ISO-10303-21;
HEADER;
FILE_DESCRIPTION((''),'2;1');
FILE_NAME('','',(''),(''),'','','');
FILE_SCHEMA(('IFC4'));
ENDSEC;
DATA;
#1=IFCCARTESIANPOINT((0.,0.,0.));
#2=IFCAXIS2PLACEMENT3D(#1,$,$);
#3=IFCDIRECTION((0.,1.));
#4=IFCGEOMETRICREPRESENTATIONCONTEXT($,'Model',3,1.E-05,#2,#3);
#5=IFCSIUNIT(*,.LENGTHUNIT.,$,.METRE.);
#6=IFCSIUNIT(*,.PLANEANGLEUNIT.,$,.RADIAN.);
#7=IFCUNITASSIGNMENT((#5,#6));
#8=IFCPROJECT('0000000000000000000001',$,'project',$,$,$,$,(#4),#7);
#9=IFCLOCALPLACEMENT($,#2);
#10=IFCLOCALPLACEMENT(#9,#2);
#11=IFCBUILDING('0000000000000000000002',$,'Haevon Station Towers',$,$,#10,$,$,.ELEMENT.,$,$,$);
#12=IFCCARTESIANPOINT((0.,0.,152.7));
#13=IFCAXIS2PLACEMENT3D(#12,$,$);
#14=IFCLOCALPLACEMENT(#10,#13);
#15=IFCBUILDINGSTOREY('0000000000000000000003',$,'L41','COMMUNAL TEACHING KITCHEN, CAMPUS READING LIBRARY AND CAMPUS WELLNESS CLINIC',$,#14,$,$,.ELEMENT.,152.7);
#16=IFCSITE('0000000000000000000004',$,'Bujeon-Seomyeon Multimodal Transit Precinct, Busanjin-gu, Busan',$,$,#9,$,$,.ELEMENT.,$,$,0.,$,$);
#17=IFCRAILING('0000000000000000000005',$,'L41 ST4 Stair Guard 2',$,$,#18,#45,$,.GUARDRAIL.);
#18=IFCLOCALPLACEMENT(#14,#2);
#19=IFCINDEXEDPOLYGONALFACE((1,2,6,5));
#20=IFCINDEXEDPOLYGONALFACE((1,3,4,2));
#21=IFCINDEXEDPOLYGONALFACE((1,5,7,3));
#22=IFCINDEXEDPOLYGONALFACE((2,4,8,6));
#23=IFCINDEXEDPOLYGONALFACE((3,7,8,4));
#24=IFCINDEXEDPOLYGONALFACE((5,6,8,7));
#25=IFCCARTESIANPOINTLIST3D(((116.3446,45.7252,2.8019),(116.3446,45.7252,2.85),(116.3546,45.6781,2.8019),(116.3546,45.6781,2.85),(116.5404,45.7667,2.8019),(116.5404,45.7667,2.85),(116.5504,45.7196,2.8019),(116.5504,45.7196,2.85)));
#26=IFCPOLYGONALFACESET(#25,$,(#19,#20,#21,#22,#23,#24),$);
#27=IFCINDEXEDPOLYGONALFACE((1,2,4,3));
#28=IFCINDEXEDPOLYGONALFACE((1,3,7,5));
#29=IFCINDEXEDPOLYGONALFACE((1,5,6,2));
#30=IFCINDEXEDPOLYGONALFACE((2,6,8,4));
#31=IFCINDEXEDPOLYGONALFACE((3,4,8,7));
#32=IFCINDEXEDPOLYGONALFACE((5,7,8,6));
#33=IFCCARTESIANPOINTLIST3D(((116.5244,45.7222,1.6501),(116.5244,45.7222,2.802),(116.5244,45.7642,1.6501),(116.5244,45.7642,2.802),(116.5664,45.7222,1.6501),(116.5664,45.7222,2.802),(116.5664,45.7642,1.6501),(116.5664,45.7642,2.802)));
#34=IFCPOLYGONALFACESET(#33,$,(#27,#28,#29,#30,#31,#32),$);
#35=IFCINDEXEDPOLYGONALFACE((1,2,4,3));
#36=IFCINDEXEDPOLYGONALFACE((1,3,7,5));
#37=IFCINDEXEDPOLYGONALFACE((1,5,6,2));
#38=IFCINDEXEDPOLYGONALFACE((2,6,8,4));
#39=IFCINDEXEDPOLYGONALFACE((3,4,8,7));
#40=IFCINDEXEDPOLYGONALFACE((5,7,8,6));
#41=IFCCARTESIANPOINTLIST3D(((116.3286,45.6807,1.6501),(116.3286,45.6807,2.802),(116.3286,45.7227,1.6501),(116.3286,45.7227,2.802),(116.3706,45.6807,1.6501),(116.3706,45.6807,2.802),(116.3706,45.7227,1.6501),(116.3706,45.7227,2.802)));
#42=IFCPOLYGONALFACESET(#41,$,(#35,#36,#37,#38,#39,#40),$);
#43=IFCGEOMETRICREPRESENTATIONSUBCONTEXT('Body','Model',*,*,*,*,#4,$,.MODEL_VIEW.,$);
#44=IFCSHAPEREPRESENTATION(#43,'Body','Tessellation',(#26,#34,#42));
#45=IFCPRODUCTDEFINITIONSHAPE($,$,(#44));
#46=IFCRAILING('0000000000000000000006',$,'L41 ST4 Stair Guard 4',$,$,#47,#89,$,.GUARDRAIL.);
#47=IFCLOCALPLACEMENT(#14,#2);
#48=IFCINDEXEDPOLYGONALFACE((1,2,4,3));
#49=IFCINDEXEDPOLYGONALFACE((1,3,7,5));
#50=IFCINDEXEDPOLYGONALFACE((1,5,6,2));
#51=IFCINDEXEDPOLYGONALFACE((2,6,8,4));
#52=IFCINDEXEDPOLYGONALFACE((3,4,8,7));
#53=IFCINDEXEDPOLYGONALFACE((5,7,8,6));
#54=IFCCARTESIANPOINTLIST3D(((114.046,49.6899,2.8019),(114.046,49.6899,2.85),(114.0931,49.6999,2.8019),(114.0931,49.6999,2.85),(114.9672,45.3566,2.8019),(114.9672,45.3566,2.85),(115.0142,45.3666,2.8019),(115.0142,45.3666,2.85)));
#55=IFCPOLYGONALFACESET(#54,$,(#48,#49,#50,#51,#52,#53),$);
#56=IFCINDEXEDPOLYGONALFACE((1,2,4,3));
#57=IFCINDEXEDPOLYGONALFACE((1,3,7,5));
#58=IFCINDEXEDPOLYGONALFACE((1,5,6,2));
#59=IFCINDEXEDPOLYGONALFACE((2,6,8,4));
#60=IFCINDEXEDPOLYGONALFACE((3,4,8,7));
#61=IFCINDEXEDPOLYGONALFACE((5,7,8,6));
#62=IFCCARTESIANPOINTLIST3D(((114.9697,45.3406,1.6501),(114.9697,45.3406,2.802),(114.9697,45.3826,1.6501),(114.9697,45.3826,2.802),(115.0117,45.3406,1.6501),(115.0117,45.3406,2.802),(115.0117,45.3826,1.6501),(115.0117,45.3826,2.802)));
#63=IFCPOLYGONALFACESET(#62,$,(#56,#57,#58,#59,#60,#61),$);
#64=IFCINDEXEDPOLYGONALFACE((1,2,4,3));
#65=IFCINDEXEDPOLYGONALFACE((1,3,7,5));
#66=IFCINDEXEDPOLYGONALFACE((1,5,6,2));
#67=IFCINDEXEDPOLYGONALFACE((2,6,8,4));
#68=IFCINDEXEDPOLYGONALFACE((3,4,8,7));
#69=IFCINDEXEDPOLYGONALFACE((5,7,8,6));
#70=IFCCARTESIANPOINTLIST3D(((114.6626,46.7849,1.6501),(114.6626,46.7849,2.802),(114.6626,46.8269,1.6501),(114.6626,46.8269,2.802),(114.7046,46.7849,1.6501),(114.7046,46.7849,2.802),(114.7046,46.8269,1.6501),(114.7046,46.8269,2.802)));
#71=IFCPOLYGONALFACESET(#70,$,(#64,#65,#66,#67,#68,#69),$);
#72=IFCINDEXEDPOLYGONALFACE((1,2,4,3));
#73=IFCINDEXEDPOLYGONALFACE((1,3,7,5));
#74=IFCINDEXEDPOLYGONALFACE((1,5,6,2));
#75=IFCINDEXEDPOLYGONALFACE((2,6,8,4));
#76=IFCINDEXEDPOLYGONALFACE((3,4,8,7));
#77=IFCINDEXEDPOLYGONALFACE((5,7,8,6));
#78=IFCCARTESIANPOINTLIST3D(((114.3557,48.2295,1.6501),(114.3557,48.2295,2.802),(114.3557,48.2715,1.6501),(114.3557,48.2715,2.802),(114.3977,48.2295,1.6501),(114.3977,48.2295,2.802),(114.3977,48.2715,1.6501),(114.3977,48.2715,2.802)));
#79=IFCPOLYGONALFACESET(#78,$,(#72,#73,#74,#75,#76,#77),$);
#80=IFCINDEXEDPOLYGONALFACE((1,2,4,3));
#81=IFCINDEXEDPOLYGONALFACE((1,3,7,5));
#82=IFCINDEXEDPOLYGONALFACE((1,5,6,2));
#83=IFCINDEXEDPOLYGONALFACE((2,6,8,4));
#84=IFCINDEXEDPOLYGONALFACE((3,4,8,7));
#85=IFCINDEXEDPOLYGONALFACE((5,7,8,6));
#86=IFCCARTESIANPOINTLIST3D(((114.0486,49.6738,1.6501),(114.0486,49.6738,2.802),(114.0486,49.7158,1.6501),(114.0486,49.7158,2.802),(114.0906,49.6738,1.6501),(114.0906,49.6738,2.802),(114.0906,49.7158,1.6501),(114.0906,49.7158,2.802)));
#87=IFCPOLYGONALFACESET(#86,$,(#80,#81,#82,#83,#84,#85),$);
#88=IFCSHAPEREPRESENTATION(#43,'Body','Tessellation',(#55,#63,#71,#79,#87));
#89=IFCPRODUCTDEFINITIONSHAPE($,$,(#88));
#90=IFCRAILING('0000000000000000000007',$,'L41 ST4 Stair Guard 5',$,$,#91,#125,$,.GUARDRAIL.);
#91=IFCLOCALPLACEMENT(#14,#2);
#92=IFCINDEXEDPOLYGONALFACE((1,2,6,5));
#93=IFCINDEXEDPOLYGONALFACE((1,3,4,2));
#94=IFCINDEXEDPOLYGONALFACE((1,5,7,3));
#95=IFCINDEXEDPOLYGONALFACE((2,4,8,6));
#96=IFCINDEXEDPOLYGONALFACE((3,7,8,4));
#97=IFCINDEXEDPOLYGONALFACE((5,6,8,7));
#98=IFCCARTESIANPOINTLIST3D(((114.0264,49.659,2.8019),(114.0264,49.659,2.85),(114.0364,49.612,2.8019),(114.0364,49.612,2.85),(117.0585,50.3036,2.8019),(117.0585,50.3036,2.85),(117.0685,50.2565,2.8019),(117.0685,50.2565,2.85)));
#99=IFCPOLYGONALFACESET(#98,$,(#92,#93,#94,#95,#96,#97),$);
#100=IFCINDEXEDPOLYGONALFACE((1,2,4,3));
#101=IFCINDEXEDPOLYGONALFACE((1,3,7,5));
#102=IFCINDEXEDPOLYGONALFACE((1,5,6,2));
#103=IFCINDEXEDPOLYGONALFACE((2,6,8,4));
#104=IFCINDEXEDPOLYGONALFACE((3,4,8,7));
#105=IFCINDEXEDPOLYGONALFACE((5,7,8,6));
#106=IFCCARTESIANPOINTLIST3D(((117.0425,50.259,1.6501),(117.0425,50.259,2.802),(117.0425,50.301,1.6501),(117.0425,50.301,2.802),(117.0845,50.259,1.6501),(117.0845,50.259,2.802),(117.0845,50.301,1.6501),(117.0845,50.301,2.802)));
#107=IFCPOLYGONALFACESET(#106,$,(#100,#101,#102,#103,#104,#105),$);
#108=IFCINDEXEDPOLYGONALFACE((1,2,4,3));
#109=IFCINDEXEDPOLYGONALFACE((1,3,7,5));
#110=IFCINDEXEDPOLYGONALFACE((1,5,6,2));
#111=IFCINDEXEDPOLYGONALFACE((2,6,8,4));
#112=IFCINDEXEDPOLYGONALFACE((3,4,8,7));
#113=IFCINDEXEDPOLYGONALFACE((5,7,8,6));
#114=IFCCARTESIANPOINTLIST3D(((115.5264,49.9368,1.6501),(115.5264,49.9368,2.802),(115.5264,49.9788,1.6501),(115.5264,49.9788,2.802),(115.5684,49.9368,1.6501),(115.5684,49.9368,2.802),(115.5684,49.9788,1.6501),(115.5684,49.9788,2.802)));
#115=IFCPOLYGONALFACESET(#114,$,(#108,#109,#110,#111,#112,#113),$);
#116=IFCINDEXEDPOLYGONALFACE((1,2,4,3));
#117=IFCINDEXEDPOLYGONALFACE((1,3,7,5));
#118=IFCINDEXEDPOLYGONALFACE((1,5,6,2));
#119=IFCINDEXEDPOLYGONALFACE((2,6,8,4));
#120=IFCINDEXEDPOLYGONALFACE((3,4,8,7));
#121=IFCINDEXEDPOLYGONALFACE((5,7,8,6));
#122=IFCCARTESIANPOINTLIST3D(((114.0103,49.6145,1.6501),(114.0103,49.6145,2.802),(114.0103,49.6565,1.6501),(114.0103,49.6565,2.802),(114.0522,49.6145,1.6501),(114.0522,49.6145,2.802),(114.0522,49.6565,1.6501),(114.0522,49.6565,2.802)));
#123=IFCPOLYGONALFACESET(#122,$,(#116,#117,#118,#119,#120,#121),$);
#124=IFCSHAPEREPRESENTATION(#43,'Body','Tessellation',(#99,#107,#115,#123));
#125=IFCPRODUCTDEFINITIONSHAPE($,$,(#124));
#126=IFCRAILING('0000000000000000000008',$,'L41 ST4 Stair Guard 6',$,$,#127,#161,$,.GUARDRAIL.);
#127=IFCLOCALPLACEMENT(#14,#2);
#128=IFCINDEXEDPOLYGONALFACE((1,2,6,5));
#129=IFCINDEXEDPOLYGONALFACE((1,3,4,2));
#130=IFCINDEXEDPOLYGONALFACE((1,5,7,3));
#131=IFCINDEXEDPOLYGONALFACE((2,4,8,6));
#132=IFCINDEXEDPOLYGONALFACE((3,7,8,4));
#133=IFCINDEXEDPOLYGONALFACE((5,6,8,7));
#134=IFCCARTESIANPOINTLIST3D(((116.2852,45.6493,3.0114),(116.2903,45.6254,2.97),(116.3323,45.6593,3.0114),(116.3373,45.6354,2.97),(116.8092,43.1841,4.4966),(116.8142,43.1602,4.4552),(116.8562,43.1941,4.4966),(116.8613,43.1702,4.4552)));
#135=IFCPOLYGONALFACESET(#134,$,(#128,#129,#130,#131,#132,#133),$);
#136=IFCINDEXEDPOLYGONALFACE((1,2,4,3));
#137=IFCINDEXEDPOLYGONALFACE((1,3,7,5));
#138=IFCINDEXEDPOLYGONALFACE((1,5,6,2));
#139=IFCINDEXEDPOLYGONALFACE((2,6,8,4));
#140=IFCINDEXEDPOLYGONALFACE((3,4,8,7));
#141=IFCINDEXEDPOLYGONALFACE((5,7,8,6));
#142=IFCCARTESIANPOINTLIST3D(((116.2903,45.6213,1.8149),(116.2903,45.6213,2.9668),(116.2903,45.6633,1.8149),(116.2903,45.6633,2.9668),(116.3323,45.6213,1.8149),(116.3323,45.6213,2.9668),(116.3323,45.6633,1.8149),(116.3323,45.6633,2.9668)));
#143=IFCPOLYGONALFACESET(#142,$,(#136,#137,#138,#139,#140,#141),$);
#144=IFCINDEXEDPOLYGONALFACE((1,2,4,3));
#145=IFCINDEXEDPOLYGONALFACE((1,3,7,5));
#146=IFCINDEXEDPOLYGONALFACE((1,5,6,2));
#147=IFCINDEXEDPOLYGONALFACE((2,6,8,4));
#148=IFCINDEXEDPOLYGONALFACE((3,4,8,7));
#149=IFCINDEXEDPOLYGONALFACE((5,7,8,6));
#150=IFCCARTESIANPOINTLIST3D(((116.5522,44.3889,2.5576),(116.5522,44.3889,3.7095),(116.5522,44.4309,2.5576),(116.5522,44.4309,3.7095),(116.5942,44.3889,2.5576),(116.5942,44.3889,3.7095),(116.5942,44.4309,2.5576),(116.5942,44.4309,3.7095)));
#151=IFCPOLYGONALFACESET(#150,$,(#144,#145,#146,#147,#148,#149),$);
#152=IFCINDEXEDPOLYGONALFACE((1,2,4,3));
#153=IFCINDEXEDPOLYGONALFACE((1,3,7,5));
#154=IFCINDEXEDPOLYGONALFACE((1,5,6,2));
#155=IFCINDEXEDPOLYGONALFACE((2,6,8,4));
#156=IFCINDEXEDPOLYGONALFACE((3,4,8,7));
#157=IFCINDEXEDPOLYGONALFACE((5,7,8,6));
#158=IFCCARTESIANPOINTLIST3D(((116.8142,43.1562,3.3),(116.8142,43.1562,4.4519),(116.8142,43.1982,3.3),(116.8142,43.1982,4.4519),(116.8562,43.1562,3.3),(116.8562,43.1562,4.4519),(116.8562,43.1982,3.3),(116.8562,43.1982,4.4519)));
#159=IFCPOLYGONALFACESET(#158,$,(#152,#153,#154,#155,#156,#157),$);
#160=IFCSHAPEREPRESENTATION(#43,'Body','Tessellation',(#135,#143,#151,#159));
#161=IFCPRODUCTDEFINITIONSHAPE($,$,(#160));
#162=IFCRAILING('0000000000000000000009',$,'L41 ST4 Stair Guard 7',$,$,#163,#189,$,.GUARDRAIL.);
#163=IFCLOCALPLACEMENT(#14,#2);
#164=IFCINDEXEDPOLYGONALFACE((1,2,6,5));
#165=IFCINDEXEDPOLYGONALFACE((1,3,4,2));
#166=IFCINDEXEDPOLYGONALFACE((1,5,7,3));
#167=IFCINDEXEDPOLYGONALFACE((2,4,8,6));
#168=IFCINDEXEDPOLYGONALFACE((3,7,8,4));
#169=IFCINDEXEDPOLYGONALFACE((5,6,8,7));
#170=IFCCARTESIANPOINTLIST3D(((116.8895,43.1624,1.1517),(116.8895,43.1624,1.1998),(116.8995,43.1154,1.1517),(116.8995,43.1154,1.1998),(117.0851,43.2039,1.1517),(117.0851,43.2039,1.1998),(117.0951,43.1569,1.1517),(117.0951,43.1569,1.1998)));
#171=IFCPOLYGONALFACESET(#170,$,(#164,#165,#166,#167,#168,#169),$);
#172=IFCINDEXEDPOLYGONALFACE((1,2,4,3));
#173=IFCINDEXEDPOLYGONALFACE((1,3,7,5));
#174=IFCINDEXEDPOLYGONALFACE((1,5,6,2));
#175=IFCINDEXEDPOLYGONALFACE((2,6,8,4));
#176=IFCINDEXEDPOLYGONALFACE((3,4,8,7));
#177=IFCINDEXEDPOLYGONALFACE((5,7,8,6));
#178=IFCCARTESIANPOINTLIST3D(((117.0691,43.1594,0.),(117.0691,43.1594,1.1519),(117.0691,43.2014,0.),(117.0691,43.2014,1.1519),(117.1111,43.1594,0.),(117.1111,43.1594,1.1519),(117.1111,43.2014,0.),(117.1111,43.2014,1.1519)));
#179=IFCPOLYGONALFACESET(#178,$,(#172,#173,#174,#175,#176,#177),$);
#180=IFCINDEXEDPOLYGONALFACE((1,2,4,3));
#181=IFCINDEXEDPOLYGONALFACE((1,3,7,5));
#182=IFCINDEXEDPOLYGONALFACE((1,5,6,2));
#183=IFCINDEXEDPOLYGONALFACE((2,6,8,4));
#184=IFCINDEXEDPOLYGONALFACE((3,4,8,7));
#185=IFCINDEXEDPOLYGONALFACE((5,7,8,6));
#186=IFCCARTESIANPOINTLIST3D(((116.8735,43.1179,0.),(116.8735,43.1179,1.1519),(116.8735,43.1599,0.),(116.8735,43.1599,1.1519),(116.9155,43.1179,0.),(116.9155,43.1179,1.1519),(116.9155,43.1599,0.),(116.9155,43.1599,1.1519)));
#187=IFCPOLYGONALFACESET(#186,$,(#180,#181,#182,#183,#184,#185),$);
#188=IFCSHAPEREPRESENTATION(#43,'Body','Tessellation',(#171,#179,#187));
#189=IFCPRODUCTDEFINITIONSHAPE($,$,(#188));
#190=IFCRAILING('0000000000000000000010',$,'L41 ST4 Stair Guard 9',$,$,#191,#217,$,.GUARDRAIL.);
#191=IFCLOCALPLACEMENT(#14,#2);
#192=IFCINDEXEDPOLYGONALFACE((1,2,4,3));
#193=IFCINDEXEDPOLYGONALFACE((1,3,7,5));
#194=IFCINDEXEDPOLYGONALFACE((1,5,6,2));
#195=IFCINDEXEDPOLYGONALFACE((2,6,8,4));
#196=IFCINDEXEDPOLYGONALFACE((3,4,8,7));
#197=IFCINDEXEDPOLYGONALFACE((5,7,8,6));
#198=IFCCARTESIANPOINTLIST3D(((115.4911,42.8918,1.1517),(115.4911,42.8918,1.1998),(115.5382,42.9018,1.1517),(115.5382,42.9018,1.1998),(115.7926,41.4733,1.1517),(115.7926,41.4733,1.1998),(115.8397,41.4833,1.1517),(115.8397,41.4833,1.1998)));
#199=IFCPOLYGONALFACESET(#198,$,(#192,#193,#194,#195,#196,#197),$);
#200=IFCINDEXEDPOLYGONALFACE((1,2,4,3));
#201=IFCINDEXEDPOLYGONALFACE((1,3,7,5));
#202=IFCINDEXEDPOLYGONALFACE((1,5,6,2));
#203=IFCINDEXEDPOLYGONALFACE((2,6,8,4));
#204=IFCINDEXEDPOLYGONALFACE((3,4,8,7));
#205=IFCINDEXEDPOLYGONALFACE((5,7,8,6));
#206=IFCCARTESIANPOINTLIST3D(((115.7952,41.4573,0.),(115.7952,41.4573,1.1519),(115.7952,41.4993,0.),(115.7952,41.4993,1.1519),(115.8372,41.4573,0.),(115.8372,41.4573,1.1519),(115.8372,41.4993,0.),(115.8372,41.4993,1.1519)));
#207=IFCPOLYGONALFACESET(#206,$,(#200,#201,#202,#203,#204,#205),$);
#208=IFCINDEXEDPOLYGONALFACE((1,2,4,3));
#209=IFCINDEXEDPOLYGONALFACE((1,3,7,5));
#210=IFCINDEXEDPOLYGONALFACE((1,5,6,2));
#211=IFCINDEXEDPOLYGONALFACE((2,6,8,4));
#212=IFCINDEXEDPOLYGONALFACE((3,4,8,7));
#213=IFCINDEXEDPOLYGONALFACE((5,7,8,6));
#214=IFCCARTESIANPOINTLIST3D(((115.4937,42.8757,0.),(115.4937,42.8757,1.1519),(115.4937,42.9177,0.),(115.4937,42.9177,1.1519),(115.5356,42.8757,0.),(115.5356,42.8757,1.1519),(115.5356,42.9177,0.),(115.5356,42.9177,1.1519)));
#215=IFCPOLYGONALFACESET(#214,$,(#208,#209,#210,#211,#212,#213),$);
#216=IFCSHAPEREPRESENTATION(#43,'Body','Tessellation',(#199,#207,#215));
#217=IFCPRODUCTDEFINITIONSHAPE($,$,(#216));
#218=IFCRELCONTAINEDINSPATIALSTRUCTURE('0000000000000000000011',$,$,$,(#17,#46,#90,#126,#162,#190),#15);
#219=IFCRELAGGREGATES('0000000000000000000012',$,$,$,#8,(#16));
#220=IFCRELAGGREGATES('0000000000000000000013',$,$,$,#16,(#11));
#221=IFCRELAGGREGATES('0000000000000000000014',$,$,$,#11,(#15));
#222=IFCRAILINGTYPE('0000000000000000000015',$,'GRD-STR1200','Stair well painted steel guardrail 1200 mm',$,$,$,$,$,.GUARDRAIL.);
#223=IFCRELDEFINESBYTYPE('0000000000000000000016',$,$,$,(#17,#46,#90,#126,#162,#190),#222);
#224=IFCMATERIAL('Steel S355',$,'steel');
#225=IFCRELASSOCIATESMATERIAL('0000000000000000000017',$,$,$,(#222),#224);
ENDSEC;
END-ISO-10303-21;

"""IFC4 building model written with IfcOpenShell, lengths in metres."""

from ifc_helpers import new_model, si_unit, direction, frame, origin, origin_2d, place, context, subcontext, project, spatial, rectangle, extrude, material, type_object, element, save


model = new_model("IFC4")

# Units and contexts
model_context = context("Model", 3, precision=1e-05, world=origin(), true_north=direction((0.0, 1.0)))
body_context = subcontext(model_context, "Body", "Model", "MODEL_VIEW")
ifc_project = project(units=[si_unit("LENGTHUNIT", "METRE"), si_unit("PLANEANGLEUNIT", "RADIAN")], contexts=[model_context])

# Site, building, storey
site_placement = place(None, origin())
site = spatial("IfcSite", under=ifc_project, at=site_placement, Name="Bujeon-Seomyeon Multimodal Transit Precinct, Busanjin-gu, Busan", CompositionType="ELEMENT", RefElevation=0.0)
building_placement = place(site_placement, origin())
building = spatial("IfcBuilding", under=site, at=building_placement, Name="Haevon Station Towers", CompositionType="ELEMENT")
storey_placement = place(building_placement, frame((0.0, 0.0, 152.7)))
storey = spatial("IfcBuildingStorey", under=building, at=storey_placement, Name="L41", Description="COMMUNAL TEACHING KITCHEN, CAMPUS READING LIBRARY AND CAMPUS WELLNESS CLINIC", CompositionType="ELEMENT", Elevation=152.7)

# Shared definitions
ifc_material_1 = material(Name="Steel S355", Category="steel")

# Railings
railing_type_1 = type_object("IfcRailingType", Name="GRD-STR1200", Description="Stair well painted steel guardrail 1200 mm", PredefinedType="GUARDRAIL", material=ifc_material_1)
railing_1_placement = place(storey_placement, frame((116.5454, 45.7432, 1.6501)))
element("IfcRailing", 1, at=railing_1_placement, inside=storey, type_object=railing_type_1, Name="L41 ST4 Stair Guard 2", PredefinedType="GUARDRAIL", context=body_context, shape_type="SweptSolid", body=[
    extrude(rectangle(XDim=0.0481, YDim=0.0481, at=origin_2d()), frame((0.0, 0.0, 1.1758), z_axis=(-0.978264, -0.207363, 0.0), x_axis=(0.207363, -0.978264, 0.0)), (0.0, 0.0, 1.0), 0.2002),
    extrude(rectangle(XDim=0.042, YDim=0.042, at=origin_2d()), origin(), (0.0, 0.0, 1.0), 1.1519),
    extrude(rectangle(XDim=0.042, YDim=0.042, at=origin_2d()), frame((-0.1958, -0.0415, 0.0)), (0.0, 0.0, 1.0), 1.1519),
])
railing_2_placement = place(storey_placement, frame((114.9907, 45.3616, 1.6501)))
element("IfcRailing", 2, at=railing_2_placement, inside=storey, type_object=railing_type_1, Name="L41 ST4 Stair Guard 4", PredefinedType="GUARDRAIL", context=body_context, shape_type="SweptSolid", body=[
    extrude(rectangle(XDim=0.0481, YDim=0.0481, at=origin_2d()), frame((0.0, 0.0, 1.1758), z_axis=(-0.207929, 0.978144, 0.0), x_axis=(-0.978144, -0.207929, 0.0)), (0.0, 0.0, 1.0), 4.4302),
    extrude(rectangle(XDim=0.042, YDim=0.042, at=origin_2d()), origin(), (0.0, 0.0, 1.0), 1.1519),
    extrude(rectangle(XDim=0.042, YDim=0.042, at=origin_2d()), frame((-0.3071, 1.4443, 0.0)), (0.0, 0.0, 1.0), 1.1519),
    extrude(rectangle(XDim=0.042, YDim=0.042, at=origin_2d()), frame((-0.614, 2.8889, 0.0)), (0.0, 0.0, 1.0), 1.1519),
    extrude(rectangle(XDim=0.042, YDim=0.042, at=origin_2d()), frame((-0.9211, 4.3333, 0.0)), (0.0, 0.0, 1.0), 1.1519),
])
railing_3_placement = place(storey_placement, frame((117.0635, 50.28, 1.6501)))
element("IfcRailing", 3, at=railing_3_placement, inside=storey, type_object=railing_type_1, Name="L41 ST4 Stair Guard 5", PredefinedType="GUARDRAIL", context=body_context, shape_type="SweptSolid", body=[
    extrude(rectangle(XDim=0.0481, YDim=0.0481, at=origin_2d()), frame((0.0, 0.0, 1.1758), z_axis=(-0.978147, -0.207915, 0.0), x_axis=(0.207915, -0.978147, 0.0)), (0.0, 0.0, 1.0), 3.0999),
    extrude(rectangle(XDim=0.042, YDim=0.042, at=origin_2d()), origin(), (0.0, 0.0, 1.0), 1.1519),
    extrude(rectangle(XDim=0.042, YDim=0.042, at=origin_2d()), frame((-1.5161, -0.3223, 0.0)), (0.0, 0.0, 1.0), 1.1519),
    extrude(rectangle(XDim=0.042, YDim=0.042, at=origin_2d()), frame((-3.0322, -0.6445, 0.0)), (0.0, 0.0, 1.0), 1.1519),
])
railing_4_placement = place(storey_placement, frame((116.3113, 45.6423, 1.8149)))
element("IfcRailing", 4, at=railing_4_placement, inside=storey, type_object=railing_type_1, Name="L41 ST4 Stair Guard 6", PredefinedType="GUARDRAIL", context=body_context, shape_type="SweptSolid", body=[
    extrude(rectangle(XDim=0.0481, YDim=0.0481, at=origin_2d()), frame((0.0, 0.0, 1.1758), z_axis=(0.179109, -0.842712, 0.507697), x_axis=(0.978151, 0.207895, 0.0)), (0.0, 0.0, 1.0), 2.9253),
    extrude(rectangle(XDim=0.042, YDim=0.042, at=origin_2d()), origin(), (0.0, 0.0, 1.0), 1.1519),
    extrude(rectangle(XDim=0.042, YDim=0.042, at=origin_2d()), frame((0.262, -1.2324, 0.7427)), (0.0, 0.0, 1.0), 1.1519),
    extrude(rectangle(XDim=0.042, YDim=0.042, at=origin_2d()), frame((0.5239, -2.4651, 1.4851)), (0.0, 0.0, 1.0), 1.1519),
])
railing_5_placement = place(storey_placement, frame((117.0901, 43.1804, 0.0)))
element("IfcRailing", 5, at=railing_5_placement, inside=storey, type_object=railing_type_1, Name="L41 ST4 Stair Guard 7", PredefinedType="GUARDRAIL", context=body_context, shape_type="SweptSolid", body=[
    extrude(rectangle(XDim=0.0481, YDim=0.0481, at=origin_2d()), frame((0.0, 0.0, 1.1758), z_axis=(-0.978212, -0.20761, 0.0), x_axis=(0.20761, -0.978212, 0.0)), (0.0, 0.0, 1.0), 0.2),
    extrude(rectangle(XDim=0.042, YDim=0.042, at=origin_2d()), origin(), (0.0, 0.0, 1.0), 1.1519),
    extrude(rectangle(XDim=0.042, YDim=0.042, at=origin_2d()), frame((-0.1956, -0.0415, 0.0)), (0.0, 0.0, 1.0), 1.1519),
])
railing_6_placement = place(storey_placement, frame((115.8162, 41.4783, 0.0)))
element("IfcRailing", 6, at=railing_6_placement, inside=storey, type_object=railing_type_1, Name="L41 ST4 Stair Guard 9", PredefinedType="GUARDRAIL", context=body_context, shape_type="SweptSolid", body=[
    extrude(rectangle(XDim=0.0481, YDim=0.0481, at=origin_2d()), frame((0.0, 0.0, 1.1758), z_axis=(-0.207919, 0.978146, 0.0), x_axis=(-0.978146, -0.207919, 0.0)), (0.0, 0.0, 1.0), 1.4502),
    extrude(rectangle(XDim=0.042, YDim=0.042, at=origin_2d()), origin(), (0.0, 0.0, 1.0), 1.1519),
    extrude(rectangle(XDim=0.042, YDim=0.042, at=origin_2d()), frame((-0.3015, 1.4185, 0.0)), (0.0, 0.0, 1.0), 1.1519),
])

save(model, "model.ifc")
